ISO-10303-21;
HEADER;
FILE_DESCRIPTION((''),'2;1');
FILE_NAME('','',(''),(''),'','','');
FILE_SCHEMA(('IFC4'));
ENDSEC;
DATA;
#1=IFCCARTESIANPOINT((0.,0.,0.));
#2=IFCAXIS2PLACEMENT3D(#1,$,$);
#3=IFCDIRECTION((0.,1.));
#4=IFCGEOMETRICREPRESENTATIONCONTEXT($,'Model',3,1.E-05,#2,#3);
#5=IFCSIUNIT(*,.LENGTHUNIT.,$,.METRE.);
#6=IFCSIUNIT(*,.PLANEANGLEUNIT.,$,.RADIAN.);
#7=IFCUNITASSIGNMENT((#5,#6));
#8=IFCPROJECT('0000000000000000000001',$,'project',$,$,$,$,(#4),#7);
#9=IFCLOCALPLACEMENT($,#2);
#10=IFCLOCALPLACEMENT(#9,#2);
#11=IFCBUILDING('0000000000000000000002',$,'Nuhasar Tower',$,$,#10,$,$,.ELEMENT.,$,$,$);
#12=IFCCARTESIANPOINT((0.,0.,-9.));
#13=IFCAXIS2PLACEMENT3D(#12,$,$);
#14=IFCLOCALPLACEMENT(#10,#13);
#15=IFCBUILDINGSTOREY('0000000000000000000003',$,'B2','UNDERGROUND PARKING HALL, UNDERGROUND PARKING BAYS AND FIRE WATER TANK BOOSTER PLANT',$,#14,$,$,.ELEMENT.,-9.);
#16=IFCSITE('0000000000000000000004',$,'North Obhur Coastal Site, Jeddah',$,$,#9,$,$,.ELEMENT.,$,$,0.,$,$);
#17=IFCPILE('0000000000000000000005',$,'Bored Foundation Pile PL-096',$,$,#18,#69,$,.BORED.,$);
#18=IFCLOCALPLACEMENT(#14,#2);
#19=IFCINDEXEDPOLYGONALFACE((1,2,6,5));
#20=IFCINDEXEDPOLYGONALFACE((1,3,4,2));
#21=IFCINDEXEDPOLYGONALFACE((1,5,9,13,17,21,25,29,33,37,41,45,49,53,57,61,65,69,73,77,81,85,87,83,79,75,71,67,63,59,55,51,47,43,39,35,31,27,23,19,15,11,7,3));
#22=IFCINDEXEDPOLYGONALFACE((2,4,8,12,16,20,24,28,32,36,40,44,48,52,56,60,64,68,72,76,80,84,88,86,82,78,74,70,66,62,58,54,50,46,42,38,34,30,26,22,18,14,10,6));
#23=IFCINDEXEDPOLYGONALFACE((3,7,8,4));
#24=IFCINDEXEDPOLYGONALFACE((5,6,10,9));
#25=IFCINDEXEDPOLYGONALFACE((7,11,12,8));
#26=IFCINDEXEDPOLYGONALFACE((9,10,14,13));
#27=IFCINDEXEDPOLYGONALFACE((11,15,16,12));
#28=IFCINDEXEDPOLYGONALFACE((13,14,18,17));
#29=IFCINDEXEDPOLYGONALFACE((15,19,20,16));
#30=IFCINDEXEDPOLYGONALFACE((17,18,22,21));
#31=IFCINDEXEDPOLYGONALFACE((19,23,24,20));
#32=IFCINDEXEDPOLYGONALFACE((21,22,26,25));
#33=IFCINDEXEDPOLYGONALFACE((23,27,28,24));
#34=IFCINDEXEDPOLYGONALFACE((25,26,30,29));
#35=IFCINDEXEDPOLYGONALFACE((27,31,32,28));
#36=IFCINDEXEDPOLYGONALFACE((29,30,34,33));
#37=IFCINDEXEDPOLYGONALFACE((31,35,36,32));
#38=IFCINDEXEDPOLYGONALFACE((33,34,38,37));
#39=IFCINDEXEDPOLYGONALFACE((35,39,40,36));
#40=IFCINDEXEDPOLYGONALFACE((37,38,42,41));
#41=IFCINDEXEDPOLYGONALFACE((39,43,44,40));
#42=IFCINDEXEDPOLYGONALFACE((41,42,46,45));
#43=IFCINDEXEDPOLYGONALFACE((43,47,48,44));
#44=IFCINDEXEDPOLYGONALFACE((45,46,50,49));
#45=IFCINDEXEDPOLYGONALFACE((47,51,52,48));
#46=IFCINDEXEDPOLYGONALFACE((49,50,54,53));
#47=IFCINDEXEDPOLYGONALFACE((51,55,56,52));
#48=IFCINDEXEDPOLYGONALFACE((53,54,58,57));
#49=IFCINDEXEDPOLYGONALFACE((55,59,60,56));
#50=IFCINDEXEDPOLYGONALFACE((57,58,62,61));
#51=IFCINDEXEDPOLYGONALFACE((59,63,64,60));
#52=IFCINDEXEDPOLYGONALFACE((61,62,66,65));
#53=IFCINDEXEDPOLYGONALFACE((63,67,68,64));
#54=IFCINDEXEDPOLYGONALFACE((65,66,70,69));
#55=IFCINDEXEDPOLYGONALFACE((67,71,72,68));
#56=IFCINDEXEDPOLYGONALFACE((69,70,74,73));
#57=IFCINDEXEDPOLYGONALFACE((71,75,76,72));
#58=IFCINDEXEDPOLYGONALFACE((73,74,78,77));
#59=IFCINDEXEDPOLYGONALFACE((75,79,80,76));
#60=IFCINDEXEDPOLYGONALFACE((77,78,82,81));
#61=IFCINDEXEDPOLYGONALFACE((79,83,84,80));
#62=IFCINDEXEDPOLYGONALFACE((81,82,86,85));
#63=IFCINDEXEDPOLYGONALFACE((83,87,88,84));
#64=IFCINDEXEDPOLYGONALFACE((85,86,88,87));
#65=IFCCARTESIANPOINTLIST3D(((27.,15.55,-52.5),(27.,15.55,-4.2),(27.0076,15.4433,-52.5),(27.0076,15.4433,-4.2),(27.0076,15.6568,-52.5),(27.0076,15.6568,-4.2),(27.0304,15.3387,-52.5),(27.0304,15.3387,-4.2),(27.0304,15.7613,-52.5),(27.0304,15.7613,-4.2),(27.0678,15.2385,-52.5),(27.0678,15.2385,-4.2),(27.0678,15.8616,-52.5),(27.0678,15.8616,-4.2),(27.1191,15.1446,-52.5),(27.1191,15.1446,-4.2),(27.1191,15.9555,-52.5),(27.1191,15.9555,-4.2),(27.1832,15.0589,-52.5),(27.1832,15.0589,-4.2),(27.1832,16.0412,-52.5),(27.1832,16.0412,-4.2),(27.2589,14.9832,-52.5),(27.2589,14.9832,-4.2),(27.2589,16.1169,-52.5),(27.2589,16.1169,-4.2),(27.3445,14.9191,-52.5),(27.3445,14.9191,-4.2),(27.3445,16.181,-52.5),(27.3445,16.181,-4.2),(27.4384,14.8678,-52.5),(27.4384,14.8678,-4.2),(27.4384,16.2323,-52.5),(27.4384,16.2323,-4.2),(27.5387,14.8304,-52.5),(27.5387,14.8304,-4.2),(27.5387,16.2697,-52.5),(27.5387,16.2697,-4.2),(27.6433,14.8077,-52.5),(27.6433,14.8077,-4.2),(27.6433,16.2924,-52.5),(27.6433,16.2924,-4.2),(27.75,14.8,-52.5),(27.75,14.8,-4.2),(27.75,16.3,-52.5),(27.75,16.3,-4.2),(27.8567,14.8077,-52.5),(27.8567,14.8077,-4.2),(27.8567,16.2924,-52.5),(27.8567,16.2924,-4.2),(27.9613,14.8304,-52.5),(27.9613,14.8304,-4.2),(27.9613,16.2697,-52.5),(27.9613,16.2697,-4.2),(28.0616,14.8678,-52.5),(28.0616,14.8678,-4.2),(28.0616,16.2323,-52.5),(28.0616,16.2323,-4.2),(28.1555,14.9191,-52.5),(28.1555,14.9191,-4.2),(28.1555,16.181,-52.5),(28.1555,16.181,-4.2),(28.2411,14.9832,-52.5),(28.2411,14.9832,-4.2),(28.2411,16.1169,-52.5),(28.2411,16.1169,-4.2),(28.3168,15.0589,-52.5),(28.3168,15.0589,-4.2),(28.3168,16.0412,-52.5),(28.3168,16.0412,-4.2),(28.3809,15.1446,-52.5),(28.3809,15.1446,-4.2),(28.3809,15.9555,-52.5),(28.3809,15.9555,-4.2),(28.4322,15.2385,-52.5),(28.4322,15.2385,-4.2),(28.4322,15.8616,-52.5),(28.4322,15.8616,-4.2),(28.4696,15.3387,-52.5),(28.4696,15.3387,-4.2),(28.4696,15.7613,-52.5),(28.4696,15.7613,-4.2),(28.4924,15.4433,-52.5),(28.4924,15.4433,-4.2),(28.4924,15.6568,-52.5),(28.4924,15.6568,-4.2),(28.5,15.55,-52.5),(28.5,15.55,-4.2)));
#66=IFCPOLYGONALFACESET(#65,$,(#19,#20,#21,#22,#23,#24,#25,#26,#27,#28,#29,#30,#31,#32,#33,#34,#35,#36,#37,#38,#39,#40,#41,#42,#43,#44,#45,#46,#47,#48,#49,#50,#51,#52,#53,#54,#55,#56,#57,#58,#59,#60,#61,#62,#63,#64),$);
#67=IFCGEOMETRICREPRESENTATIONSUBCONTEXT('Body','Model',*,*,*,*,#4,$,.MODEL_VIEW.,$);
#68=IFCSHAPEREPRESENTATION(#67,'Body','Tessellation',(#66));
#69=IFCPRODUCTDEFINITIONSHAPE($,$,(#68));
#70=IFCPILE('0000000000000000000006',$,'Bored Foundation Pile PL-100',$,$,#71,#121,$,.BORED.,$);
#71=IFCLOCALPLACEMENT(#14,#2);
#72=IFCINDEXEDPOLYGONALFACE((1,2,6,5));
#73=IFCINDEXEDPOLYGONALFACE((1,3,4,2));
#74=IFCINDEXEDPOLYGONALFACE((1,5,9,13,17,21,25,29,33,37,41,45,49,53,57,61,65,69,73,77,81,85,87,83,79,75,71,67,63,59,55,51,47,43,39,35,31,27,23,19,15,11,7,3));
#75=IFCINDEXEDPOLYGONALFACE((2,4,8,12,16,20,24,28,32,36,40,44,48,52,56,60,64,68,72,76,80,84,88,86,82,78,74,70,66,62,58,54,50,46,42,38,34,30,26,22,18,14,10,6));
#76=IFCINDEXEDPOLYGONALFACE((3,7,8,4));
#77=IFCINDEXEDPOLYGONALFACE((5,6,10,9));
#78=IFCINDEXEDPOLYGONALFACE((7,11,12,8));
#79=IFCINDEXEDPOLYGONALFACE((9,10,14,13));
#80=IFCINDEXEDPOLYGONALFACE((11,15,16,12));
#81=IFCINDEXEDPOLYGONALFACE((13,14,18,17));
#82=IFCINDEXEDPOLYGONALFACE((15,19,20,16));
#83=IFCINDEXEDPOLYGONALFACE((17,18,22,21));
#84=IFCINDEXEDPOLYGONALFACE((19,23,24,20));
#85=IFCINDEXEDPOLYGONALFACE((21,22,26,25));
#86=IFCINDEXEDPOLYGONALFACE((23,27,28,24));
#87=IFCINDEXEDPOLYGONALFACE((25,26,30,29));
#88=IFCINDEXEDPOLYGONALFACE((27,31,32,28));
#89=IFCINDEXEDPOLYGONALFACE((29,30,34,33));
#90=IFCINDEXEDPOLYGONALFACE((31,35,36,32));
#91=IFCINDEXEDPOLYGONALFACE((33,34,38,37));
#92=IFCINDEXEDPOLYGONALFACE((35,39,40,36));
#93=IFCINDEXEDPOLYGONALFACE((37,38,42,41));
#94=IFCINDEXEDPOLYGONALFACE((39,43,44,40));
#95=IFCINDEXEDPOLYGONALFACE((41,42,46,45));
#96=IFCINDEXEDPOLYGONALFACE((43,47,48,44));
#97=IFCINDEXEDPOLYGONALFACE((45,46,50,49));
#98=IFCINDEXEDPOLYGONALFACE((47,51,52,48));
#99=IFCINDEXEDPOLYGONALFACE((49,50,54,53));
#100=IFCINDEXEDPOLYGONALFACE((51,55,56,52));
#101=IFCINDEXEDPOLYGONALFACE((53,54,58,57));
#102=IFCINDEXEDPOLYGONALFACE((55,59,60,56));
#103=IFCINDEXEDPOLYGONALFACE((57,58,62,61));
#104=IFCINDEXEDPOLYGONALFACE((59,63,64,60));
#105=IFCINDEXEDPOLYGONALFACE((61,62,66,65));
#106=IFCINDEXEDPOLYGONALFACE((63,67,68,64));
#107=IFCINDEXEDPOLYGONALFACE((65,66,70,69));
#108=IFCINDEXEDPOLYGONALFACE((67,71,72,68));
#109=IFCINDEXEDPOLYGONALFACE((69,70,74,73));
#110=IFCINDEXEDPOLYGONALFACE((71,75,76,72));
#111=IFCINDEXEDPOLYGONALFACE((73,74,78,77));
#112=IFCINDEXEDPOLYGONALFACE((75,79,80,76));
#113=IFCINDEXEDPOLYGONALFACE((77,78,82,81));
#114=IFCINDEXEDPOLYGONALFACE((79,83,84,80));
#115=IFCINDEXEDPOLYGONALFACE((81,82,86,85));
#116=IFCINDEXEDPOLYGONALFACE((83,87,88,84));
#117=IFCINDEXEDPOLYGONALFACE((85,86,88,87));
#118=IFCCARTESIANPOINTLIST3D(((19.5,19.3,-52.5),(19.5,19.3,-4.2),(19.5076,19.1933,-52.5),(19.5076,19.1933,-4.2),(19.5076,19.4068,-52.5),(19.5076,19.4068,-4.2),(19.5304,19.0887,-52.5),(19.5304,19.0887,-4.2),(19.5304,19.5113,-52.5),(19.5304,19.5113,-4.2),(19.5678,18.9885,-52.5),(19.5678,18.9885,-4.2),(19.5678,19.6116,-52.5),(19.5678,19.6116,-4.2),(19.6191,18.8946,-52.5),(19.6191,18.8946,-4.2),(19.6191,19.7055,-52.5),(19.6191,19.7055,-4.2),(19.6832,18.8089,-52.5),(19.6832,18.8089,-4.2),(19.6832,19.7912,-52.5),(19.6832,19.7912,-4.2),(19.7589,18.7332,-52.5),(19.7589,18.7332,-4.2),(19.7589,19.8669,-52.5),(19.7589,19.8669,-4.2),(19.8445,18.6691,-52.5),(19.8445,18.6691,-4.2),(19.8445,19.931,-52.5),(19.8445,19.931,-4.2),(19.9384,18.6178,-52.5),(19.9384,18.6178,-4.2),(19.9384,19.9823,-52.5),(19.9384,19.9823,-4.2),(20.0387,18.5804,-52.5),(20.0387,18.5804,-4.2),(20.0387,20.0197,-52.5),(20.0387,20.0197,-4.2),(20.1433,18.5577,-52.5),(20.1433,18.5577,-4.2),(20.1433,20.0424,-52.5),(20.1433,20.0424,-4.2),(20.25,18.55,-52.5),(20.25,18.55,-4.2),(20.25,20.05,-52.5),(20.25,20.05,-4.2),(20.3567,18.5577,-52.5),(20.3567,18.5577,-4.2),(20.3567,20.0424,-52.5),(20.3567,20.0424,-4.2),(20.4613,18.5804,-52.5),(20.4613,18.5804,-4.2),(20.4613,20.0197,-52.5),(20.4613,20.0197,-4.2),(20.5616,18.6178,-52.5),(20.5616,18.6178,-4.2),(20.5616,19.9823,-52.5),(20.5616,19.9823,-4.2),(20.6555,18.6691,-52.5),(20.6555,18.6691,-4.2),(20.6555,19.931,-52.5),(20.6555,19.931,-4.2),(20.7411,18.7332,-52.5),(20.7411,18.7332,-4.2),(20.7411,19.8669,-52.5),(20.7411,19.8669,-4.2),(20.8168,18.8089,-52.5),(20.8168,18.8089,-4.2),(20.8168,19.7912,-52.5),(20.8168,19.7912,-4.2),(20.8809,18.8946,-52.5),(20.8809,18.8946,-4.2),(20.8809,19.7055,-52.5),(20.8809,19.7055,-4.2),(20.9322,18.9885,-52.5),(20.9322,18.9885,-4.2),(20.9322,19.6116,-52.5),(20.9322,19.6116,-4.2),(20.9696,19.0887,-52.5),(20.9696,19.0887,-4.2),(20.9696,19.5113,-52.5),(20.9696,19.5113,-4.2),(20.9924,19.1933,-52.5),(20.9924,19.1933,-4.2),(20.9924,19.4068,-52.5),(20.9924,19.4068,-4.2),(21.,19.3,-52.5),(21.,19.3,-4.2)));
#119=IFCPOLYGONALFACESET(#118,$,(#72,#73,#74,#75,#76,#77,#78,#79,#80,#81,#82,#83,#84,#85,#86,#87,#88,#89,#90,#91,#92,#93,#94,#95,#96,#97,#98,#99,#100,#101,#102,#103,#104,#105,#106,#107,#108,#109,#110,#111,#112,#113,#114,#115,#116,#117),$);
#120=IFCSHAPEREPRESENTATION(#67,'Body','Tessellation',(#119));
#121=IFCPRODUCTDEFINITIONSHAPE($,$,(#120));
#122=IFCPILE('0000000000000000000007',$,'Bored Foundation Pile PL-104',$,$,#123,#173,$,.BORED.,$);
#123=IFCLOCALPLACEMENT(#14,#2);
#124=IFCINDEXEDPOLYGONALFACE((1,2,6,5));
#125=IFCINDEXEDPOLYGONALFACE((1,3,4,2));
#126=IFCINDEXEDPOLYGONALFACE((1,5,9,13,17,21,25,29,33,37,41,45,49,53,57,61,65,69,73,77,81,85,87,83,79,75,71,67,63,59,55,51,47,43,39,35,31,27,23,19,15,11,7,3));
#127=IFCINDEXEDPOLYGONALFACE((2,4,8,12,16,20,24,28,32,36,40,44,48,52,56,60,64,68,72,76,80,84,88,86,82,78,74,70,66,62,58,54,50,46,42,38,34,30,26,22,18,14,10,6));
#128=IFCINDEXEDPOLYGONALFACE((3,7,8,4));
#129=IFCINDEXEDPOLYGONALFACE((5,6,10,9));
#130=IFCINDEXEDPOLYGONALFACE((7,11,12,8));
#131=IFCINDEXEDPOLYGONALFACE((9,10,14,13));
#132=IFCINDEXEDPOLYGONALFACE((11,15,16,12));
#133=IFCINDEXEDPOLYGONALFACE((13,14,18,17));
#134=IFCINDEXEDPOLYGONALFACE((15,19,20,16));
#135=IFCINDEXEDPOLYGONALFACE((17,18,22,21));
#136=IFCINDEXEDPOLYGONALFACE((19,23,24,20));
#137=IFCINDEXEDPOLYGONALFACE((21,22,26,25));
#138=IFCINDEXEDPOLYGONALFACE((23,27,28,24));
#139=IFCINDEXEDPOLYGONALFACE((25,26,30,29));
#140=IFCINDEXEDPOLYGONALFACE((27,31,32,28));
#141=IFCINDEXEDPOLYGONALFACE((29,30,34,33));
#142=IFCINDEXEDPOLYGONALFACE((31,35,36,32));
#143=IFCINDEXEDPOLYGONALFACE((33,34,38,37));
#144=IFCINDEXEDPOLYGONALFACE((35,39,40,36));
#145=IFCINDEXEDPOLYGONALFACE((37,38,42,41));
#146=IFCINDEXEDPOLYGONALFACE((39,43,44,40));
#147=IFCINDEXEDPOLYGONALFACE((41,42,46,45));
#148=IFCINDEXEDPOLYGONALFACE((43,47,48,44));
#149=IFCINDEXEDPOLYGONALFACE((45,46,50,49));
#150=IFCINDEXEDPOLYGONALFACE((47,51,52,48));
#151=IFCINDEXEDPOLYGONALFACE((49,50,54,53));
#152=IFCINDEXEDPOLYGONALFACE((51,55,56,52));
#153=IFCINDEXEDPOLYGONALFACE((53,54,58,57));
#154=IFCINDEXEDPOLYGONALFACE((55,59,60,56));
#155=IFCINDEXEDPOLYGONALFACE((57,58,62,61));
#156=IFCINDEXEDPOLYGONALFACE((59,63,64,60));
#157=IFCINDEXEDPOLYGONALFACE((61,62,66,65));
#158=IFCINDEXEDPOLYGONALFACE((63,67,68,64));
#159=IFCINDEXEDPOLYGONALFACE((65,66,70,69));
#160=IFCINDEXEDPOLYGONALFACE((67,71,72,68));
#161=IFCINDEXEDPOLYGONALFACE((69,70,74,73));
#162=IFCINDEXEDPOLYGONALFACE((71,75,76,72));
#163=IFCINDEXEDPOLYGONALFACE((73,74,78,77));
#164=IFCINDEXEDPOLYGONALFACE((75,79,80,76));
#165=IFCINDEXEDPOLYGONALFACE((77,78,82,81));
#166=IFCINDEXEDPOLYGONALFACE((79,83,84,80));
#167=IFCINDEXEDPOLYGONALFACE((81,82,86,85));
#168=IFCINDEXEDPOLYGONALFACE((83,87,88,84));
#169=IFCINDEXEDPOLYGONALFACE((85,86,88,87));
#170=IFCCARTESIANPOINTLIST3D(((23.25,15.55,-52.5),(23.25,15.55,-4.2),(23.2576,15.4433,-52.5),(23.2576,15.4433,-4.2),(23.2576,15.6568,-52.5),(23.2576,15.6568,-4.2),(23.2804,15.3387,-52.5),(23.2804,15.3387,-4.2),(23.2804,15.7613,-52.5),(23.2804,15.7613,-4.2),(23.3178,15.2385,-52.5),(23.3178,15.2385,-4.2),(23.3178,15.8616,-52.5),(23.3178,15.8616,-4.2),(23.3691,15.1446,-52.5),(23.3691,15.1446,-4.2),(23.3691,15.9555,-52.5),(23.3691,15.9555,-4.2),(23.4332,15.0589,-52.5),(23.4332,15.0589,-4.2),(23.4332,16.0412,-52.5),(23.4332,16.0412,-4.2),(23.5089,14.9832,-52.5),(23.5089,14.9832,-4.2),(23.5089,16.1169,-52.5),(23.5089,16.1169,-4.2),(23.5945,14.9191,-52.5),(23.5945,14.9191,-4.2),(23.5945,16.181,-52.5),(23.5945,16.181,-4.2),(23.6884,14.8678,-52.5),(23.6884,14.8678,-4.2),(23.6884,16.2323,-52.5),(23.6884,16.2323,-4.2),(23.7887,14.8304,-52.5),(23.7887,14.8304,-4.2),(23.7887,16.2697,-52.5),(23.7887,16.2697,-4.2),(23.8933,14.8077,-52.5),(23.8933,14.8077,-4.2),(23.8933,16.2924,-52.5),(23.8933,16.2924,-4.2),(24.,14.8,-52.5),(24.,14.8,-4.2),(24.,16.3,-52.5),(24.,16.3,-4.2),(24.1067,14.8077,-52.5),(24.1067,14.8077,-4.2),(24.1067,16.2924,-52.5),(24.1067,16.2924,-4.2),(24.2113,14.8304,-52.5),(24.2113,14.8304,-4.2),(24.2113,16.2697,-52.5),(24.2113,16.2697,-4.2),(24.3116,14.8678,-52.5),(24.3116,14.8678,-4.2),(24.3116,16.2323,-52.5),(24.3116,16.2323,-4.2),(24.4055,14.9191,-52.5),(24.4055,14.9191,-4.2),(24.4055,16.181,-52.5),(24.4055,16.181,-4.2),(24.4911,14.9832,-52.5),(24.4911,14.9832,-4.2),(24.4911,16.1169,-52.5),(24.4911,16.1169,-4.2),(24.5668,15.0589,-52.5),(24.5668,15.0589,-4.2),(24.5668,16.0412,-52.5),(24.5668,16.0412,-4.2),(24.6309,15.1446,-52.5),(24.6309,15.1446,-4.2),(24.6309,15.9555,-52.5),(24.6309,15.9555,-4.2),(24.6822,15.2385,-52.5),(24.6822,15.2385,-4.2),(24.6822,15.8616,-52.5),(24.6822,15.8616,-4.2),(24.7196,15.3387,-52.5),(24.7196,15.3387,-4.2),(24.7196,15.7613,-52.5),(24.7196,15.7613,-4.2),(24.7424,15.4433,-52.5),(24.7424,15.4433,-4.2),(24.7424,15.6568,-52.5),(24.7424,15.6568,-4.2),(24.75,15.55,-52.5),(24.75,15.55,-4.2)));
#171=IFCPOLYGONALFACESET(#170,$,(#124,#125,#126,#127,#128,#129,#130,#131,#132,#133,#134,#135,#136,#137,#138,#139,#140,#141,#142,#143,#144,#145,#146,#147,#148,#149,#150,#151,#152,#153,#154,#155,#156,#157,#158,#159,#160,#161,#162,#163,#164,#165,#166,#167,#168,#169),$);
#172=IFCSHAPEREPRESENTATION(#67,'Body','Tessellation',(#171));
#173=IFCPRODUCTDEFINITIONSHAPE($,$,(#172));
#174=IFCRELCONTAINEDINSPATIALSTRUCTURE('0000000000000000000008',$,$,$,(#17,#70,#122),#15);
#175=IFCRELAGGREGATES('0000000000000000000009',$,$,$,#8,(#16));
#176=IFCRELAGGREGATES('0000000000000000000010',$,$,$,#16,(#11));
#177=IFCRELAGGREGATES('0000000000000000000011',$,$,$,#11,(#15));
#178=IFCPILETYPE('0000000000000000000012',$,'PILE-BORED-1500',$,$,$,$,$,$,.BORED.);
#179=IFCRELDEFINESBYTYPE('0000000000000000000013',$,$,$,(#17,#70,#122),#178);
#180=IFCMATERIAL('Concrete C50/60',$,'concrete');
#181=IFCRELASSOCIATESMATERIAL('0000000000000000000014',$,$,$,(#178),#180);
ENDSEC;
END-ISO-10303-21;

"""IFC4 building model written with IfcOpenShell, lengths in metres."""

from ifc_helpers import new_model, si_unit, direction, frame, origin, origin_2d, place, context, subcontext, project, spatial, circle, extrude, material, material_profile, profile_set, type_object, element, save


model = new_model("IFC4")

# Units and contexts
model_context = context("Model", 3, precision=1e-05, world=origin(), true_north=direction((0.0, 1.0)))
body_context = subcontext(model_context, "Body", "Model", "MODEL_VIEW")
ifc_project = project(units=[si_unit("LENGTHUNIT", "METRE"), si_unit("PLANEANGLEUNIT", "RADIAN")], contexts=[model_context])

# Site, building, storey
site_placement = place(None, origin())
site = spatial("IfcSite", under=ifc_project, at=site_placement, Name="North Obhur Coastal Site, Jeddah", CompositionType="ELEMENT", RefElevation=0.0)
building_placement = place(site_placement, origin())
building = spatial("IfcBuilding", under=site, at=building_placement, Name="Nuhasar Tower", CompositionType="ELEMENT")
storey_placement = place(building_placement, frame((0.0, 0.0, -9.0)))
storey = spatial("IfcBuildingStorey", under=building, at=storey_placement, Name="B2", Description="UNDERGROUND PARKING HALL, UNDERGROUND PARKING BAYS AND FIRE WATER TANK BOOSTER PLANT", CompositionType="ELEMENT", Elevation=-9.0)

# Shared definitions
ifc_material_1 = material(Name="Concrete C50/60", Category="concrete")

# Piles
ifc_material_profile_1 = material_profile(ifc_material_1, circle(Radius=0.75, at=origin_2d()), Name="PILE1500")
ifc_profile_set_1 = profile_set([ifc_material_profile_1], Name="Concrete C50/60")
pile_type_1 = type_object("IfcPileType", Name="PILE-BORED-1500", PredefinedType="BORED", material=ifc_profile_set_1)
for number, where, z_axis, x_axis, name in (
    (1, (27.75, 15.55, -4.2), (0.0, 0.0, -1.0), (1.0, 0.0, 0.0), "Bored Foundation Pile PL-096"),
    (2, (20.25, 19.3, -4.2), (0.0, 0.0, -1.0), (1.0, 0.0, 0.0), "Bored Foundation Pile PL-100"),
    (3, (24.0, 15.55, -4.2), (0.0, 0.0, -1.0), (1.0, 0.0, 0.0), "Bored Foundation Pile PL-104"),
):
    element("IfcPile", number, at=place(storey_placement, frame(where, z_axis=z_axis, x_axis=x_axis)), inside=storey, type_object=pile_type_1, Name=name, PredefinedType="BORED", context=body_context, shape_type="SweptSolid", body=[
        extrude(circle(Radius=0.75, at=origin_2d()), origin(), (0.0, 0.0, 1.0), 48.3),
    ])

save(model, "model.ifc")
